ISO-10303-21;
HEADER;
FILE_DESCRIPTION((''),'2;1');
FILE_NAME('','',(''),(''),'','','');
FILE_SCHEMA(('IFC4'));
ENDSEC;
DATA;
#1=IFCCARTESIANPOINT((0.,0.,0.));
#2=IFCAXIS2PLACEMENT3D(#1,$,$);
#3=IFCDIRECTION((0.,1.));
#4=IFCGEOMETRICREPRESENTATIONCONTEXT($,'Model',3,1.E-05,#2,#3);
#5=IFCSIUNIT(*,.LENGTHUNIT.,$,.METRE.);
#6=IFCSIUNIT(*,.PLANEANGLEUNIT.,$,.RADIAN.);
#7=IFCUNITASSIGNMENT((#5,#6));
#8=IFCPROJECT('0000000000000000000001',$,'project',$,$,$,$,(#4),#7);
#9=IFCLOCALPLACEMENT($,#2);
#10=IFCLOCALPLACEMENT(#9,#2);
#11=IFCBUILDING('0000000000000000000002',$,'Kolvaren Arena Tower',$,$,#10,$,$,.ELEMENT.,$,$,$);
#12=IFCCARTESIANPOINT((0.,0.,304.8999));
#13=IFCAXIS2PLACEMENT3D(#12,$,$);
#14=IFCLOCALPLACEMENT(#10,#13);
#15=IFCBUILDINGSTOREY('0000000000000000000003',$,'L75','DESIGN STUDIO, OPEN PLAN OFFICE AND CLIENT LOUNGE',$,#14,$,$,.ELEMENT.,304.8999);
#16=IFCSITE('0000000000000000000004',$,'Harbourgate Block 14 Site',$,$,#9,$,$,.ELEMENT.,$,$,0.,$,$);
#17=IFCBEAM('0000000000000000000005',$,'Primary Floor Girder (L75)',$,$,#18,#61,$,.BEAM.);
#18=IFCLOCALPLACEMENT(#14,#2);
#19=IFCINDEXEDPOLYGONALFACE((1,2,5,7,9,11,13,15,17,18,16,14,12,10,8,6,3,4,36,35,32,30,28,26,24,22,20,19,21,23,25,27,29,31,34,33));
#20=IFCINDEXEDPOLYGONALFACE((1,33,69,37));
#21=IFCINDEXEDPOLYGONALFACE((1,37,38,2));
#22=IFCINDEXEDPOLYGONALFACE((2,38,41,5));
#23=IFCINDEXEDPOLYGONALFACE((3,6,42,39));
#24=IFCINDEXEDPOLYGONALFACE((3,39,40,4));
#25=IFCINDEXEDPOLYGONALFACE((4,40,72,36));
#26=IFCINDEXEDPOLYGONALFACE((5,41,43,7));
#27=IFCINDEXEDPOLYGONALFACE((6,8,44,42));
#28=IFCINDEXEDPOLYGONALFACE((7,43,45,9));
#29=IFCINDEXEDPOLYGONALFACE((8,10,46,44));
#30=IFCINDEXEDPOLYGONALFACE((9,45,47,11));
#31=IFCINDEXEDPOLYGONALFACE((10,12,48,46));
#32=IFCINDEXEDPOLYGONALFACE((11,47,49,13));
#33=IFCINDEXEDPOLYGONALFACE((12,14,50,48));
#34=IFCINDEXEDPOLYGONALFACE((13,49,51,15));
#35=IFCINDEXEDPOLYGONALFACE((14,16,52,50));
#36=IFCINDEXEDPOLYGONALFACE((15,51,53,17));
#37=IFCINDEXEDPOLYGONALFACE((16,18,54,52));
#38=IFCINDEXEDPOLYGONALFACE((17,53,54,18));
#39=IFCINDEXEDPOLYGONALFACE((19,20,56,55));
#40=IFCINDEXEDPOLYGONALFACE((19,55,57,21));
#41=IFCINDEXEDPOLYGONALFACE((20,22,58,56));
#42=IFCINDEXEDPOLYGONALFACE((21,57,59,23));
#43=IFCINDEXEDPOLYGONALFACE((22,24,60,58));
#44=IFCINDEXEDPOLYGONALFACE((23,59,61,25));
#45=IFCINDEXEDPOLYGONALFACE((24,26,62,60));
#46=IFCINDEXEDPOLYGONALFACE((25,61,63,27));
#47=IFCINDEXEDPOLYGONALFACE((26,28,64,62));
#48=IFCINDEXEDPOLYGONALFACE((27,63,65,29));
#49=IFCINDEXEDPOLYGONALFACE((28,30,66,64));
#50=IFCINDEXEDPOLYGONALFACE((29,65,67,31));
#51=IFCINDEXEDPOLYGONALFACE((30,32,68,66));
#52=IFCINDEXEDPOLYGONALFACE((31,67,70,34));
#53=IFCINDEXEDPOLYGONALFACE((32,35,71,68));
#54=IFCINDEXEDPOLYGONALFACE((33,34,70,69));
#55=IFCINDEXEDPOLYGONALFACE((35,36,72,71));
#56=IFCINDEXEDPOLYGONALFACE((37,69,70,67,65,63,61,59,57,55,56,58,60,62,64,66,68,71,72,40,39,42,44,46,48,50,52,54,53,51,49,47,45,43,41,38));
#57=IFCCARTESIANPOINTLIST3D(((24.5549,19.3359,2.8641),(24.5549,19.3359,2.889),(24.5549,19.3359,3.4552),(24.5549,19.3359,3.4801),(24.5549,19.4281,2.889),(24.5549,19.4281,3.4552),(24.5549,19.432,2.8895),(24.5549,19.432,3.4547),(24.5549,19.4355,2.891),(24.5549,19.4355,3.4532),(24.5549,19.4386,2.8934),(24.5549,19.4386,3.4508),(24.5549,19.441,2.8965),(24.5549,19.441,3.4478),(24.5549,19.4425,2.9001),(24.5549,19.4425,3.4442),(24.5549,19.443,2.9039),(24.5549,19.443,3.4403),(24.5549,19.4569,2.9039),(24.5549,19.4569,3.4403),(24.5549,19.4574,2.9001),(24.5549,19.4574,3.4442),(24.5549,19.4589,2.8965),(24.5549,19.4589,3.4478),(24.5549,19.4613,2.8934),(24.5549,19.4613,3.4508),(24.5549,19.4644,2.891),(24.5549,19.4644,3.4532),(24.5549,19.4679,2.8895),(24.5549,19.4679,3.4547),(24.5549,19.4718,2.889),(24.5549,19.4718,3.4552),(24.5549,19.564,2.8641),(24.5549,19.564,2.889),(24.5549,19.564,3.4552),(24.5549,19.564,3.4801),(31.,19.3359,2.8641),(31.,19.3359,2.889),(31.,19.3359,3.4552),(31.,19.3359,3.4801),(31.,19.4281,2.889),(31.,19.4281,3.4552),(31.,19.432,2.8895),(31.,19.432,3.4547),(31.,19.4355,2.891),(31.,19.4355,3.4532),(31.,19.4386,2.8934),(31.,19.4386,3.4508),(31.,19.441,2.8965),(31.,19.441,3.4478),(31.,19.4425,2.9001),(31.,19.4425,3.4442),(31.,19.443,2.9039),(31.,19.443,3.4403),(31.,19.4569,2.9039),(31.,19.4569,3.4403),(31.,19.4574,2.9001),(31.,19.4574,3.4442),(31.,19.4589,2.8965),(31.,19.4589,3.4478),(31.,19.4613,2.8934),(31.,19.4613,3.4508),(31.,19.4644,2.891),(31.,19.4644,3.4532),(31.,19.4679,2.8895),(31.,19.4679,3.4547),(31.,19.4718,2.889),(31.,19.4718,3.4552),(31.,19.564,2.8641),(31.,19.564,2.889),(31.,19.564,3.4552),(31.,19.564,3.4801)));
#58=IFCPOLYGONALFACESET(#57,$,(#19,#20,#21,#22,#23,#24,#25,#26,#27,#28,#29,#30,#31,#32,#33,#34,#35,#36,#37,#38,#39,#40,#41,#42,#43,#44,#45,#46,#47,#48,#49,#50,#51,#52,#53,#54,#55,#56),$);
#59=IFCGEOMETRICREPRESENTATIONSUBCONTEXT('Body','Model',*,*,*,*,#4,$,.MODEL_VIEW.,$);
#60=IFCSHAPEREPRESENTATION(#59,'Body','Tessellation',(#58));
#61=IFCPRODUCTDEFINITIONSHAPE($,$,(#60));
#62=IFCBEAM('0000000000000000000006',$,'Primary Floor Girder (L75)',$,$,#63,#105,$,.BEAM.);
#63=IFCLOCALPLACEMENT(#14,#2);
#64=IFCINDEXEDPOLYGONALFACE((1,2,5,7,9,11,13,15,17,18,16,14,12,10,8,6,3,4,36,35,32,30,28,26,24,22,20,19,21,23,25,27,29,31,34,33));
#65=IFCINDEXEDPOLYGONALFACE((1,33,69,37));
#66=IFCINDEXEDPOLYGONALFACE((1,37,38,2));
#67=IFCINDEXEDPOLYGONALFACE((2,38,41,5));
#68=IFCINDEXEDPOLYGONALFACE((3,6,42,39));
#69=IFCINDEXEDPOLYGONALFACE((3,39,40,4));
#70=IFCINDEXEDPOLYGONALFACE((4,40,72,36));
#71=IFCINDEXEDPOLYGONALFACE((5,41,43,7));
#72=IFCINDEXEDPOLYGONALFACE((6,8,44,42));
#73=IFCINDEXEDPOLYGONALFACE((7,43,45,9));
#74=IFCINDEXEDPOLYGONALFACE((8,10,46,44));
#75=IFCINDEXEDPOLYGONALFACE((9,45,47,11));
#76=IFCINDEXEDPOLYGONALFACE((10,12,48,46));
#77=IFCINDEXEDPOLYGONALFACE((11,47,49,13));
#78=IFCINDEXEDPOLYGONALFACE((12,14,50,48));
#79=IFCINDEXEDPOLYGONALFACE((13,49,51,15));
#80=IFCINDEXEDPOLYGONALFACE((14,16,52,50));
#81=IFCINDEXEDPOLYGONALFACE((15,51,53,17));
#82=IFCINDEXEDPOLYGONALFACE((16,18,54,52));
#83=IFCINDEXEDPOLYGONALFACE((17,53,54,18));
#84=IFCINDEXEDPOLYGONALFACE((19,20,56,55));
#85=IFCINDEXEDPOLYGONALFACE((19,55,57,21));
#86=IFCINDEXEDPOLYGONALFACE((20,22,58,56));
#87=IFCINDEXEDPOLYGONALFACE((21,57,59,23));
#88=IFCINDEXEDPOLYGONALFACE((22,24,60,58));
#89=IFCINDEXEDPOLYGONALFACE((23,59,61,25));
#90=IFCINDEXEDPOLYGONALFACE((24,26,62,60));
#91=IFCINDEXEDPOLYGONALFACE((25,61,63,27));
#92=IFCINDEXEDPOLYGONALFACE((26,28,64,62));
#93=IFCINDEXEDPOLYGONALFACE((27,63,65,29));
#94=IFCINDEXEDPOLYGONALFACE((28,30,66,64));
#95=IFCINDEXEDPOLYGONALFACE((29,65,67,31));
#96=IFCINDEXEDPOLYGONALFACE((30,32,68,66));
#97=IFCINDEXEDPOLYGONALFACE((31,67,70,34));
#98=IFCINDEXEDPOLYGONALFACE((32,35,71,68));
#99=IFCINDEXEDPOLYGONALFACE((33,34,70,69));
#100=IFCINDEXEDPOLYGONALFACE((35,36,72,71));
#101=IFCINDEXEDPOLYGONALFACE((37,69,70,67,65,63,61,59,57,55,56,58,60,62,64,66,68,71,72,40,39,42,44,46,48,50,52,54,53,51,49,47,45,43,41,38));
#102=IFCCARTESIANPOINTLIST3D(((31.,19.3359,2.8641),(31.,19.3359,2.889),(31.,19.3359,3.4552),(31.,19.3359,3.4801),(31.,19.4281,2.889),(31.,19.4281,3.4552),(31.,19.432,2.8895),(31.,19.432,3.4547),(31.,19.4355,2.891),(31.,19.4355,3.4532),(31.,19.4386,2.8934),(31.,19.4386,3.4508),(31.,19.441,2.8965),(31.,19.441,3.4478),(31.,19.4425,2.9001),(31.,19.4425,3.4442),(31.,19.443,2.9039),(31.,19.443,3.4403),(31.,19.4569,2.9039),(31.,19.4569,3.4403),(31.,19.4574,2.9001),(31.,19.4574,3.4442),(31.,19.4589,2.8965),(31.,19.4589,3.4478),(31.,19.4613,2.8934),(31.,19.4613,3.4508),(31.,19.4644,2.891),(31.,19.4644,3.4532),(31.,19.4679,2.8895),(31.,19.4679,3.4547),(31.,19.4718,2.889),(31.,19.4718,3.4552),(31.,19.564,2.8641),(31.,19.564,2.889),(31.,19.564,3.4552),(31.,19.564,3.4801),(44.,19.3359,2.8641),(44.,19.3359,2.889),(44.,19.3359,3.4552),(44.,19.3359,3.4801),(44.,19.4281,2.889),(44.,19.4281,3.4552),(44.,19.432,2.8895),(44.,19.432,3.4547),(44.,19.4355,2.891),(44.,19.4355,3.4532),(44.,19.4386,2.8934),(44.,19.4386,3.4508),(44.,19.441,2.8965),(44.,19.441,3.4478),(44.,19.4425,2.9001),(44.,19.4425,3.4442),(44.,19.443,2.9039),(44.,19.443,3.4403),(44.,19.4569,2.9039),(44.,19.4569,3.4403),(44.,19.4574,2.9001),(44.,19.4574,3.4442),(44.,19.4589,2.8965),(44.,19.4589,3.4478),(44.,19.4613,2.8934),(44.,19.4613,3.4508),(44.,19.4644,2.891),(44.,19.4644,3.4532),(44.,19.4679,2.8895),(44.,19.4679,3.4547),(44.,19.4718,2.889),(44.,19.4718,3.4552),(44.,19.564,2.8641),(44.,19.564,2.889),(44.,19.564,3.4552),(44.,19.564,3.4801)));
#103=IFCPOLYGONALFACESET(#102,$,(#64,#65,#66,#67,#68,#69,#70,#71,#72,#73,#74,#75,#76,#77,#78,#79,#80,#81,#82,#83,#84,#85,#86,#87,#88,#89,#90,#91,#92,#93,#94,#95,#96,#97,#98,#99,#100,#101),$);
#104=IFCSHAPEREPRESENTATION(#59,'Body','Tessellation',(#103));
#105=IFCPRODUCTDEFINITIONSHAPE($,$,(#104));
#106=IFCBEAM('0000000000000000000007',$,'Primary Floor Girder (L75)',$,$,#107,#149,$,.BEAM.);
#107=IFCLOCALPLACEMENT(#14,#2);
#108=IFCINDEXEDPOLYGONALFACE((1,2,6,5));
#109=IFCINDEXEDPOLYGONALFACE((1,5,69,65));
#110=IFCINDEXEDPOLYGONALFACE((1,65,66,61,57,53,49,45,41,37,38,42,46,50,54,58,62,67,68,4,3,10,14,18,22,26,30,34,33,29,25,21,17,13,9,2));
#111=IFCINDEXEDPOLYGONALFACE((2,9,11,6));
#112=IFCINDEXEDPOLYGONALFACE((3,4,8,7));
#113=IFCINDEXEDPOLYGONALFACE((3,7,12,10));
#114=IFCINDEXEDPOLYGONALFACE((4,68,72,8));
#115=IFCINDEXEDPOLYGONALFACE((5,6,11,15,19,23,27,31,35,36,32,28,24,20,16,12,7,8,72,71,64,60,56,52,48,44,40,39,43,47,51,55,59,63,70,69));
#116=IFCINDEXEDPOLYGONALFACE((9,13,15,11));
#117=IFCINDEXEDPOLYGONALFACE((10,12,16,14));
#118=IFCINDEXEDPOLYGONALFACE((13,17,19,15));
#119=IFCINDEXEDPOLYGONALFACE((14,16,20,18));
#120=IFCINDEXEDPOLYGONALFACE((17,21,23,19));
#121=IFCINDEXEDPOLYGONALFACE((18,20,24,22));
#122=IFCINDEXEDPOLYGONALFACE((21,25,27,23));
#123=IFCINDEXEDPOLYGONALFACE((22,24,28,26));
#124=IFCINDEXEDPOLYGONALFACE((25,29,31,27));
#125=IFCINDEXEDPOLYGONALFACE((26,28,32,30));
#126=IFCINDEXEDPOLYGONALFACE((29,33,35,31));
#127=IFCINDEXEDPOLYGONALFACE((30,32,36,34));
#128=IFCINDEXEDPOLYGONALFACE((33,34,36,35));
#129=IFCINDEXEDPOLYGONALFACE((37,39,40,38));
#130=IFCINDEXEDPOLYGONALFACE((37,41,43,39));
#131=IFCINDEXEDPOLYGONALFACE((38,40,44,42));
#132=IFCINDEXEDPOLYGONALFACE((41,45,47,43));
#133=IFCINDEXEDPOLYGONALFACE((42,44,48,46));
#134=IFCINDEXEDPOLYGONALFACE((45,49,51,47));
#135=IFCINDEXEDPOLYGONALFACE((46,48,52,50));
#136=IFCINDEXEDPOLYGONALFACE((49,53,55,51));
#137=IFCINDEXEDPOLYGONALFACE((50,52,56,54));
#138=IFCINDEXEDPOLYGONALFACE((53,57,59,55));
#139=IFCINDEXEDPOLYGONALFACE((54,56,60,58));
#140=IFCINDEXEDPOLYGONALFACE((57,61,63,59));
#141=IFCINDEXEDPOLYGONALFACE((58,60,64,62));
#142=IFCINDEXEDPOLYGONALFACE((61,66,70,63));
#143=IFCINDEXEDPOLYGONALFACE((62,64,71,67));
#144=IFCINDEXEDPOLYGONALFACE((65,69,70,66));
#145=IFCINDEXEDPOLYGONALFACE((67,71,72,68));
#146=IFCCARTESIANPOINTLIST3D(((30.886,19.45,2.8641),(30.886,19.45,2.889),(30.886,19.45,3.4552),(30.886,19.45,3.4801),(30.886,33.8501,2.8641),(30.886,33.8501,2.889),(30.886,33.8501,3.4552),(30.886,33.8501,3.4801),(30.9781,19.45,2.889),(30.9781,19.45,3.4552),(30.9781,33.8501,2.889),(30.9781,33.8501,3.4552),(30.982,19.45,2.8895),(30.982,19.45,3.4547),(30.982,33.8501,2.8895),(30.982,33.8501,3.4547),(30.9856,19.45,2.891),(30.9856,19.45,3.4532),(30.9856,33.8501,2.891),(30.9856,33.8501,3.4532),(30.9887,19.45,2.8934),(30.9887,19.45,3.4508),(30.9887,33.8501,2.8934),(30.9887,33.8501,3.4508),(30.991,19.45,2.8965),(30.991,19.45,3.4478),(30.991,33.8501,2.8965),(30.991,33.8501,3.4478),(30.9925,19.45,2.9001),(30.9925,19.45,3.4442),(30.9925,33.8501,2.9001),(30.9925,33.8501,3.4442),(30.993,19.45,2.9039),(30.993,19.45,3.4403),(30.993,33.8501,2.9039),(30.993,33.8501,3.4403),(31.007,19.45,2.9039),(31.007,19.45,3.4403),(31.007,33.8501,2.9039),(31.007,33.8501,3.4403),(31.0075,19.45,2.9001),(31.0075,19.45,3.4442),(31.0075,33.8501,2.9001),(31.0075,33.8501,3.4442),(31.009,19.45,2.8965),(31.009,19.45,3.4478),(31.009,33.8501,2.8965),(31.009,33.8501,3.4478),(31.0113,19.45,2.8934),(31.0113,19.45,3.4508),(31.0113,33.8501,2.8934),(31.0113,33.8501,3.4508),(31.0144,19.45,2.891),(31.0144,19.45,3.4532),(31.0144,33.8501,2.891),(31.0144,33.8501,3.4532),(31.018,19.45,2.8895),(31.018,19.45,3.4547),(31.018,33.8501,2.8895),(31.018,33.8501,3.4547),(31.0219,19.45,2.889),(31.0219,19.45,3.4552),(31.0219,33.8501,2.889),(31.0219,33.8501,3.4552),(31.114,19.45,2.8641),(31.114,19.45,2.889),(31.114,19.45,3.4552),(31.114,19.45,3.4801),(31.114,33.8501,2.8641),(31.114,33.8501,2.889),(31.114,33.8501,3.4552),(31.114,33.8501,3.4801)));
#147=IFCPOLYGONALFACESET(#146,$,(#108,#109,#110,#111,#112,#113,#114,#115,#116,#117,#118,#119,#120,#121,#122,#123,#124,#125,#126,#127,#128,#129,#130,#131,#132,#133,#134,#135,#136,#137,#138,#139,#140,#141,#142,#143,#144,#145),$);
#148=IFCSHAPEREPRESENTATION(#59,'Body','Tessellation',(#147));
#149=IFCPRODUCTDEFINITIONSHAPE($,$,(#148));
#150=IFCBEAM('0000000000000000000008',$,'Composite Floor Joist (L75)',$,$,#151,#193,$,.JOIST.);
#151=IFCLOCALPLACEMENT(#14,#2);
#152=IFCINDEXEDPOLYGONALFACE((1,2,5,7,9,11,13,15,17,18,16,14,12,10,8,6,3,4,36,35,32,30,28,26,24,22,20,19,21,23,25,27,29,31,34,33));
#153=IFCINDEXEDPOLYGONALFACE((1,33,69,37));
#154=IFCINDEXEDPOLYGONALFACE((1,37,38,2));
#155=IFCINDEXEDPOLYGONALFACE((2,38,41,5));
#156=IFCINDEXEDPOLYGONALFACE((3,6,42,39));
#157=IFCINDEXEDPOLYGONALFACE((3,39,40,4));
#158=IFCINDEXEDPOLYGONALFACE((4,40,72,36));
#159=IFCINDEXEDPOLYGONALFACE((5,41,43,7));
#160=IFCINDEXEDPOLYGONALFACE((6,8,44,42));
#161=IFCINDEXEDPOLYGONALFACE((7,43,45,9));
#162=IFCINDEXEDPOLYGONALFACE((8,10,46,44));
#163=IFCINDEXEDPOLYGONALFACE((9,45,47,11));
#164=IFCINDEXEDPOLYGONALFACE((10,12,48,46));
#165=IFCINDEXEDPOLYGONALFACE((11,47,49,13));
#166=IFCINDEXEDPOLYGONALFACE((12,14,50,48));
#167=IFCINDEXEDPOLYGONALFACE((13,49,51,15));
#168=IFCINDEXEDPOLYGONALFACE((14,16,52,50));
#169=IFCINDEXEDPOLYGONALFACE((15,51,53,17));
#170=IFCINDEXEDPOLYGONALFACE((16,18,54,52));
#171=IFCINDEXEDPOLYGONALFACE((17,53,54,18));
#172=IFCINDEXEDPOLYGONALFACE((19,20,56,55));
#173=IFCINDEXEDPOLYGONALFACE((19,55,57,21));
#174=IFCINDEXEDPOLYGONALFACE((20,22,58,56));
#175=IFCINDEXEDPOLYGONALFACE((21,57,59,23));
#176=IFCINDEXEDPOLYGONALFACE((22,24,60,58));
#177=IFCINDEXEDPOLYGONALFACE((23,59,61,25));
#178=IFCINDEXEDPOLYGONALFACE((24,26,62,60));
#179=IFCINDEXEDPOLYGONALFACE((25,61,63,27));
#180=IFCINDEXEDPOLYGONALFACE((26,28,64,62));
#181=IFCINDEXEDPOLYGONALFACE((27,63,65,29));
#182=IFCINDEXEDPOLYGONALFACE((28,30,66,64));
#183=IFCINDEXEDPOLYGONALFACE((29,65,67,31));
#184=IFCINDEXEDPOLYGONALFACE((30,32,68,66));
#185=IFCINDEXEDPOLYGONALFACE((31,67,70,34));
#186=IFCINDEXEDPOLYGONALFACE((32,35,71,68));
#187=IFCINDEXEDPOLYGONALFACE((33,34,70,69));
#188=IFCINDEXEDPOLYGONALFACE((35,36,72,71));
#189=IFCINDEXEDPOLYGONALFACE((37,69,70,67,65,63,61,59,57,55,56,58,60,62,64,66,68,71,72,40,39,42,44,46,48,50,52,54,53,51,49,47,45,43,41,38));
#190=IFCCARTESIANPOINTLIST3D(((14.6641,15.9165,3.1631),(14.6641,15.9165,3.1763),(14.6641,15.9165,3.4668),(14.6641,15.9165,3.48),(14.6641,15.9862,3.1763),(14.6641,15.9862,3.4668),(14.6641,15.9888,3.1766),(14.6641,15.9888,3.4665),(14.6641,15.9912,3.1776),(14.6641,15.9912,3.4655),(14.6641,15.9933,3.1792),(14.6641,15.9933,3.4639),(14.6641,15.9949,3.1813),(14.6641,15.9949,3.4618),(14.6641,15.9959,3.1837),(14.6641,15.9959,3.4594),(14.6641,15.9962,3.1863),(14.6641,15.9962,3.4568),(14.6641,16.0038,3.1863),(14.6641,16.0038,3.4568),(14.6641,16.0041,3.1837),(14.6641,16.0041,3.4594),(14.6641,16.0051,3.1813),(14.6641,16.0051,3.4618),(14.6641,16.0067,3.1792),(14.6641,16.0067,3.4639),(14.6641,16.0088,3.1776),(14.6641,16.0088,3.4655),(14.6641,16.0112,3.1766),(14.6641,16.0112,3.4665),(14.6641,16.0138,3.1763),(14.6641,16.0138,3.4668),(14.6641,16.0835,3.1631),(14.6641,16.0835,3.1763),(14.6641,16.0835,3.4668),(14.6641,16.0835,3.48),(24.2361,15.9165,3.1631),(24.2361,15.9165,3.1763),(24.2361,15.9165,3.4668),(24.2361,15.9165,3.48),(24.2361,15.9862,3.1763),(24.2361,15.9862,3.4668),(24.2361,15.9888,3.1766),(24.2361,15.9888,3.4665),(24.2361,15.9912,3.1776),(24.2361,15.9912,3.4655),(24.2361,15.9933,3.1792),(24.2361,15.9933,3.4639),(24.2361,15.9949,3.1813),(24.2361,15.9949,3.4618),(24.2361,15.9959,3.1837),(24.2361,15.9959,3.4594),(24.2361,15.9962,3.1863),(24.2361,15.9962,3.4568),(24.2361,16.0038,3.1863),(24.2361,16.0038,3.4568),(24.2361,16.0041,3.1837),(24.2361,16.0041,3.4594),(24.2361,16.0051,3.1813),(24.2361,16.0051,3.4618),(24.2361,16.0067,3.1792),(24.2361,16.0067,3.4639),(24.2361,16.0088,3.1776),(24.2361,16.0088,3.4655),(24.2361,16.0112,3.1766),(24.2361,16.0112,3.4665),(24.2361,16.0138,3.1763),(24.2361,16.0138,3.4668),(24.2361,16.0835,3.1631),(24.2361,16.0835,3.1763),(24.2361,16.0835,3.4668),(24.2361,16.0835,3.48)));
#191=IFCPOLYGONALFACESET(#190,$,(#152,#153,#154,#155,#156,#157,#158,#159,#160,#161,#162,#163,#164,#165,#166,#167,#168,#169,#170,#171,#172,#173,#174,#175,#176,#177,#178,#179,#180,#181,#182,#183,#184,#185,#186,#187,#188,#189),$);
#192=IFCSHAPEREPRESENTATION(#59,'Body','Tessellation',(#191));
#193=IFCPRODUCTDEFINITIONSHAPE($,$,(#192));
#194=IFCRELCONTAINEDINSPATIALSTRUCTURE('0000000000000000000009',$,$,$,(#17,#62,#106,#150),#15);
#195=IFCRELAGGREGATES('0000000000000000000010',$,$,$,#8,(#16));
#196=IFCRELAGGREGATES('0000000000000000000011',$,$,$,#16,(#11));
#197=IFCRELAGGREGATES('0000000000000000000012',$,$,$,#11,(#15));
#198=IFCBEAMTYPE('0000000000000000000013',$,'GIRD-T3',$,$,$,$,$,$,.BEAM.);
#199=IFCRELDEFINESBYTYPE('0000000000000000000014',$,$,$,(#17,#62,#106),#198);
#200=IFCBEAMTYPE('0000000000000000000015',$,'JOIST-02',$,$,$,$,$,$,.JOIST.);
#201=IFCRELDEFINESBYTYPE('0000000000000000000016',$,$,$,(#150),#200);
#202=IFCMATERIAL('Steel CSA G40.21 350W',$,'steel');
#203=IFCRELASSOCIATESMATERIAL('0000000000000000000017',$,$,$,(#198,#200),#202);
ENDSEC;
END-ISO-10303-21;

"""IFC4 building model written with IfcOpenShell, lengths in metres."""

from ifc_helpers import new_model, si_unit, direction, frame, origin, origin_2d, place, context, subcontext, project, spatial, i_section, extrude, material, material_profile, profile_set, type_object, element, save


model = new_model("IFC4")

# Units and contexts
model_context = context("Model", 3, precision=1e-05, world=origin(), true_north=direction((0.0, 1.0)))
body_context = subcontext(model_context, "Body", "Model", "MODEL_VIEW")
ifc_project = project(units=[si_unit("LENGTHUNIT", "METRE"), si_unit("PLANEANGLEUNIT", "RADIAN")], contexts=[model_context])

# Site, building, storey
site_placement = place(None, origin())
site = spatial("IfcSite", under=ifc_project, at=site_placement, Name="Harbourgate Block 14 Site", CompositionType="ELEMENT", RefElevation=0.0)
building_placement = place(site_placement, origin())
building = spatial("IfcBuilding", under=site, at=building_placement, Name="Kolvaren Arena Tower", CompositionType="ELEMENT")
storey_placement = place(building_placement, frame((0.0, 0.0, 304.8999)))
storey = spatial("IfcBuildingStorey", under=building, at=storey_placement, Name="L75", Description="DESIGN STUDIO, OPEN PLAN OFFICE AND CLIENT LOUNGE", CompositionType="ELEMENT", Elevation=304.8999)

# Beams
ifc_material_1 = material(Name="Steel CSA G40.21 350W", Category="steel")
ifc_material_profile_1 = material_profile(ifc_material_1, i_section(OverallWidth=0.228, OverallDepth=0.616, WebThickness=0.0139, FlangeThickness=0.0249, FilletRadius=0.0149, at=origin_2d()), Name="W610x174")
ifc_profile_set_1 = profile_set([ifc_material_profile_1], Name="Steel CSA G40.21 350W")
beam_type_1 = type_object("IfcBeamType", Name="GIRD-T3", PredefinedType="BEAM", material=ifc_profile_set_1)
beam_1_placement = place(storey_placement, frame((24.5549, 19.45, 3.1721), z_axis=(1.0, 0.0, 0.0), x_axis=(0.0, 1.0, 0.0)))
element("IfcBeam", 1, at=beam_1_placement, inside=storey, type_object=beam_type_1, Name="Primary Floor Girder (L75)", PredefinedType="BEAM", context=body_context, shape_type="SweptSolid", body=[
    extrude(i_section(OverallWidth=0.228, OverallDepth=0.616, WebThickness=0.0139, FlangeThickness=0.0249, FilletRadius=0.0149, at=origin_2d()), origin(), (0.0, 0.0, 1.0), 6.4451),
])
beam_2_placement = place(storey_placement, frame((31.0, 19.45, 3.1721), z_axis=(1.0, 0.0, 0.0), x_axis=(0.0, 1.0, 0.0)))
element("IfcBeam", 2, at=beam_2_placement, inside=storey, type_object=beam_type_1, Name="Primary Floor Girder (L75)", PredefinedType="BEAM", context=body_context, shape_type="SweptSolid", body=[
    extrude(i_section(OverallWidth=0.228, OverallDepth=0.616, WebThickness=0.0139, FlangeThickness=0.0249, FilletRadius=0.0149, at=origin_2d()), origin(), (0.0, 0.0, 1.0), 13.0),
])
beam_3_placement = place(storey_placement, frame((31.0, 19.45, 3.1721), z_axis=(0.0, 1.0, 0.0), x_axis=(-1.0, 0.0, 0.0)))
element("IfcBeam", 3, at=beam_3_placement, inside=storey, type_object=beam_type_1, Name="Primary Floor Girder (L75)", PredefinedType="BEAM", context=body_context, shape_type="SweptSolid", body=[
    extrude(i_section(OverallWidth=0.228, OverallDepth=0.616, WebThickness=0.0139, FlangeThickness=0.0249, FilletRadius=0.0149, at=origin_2d()), origin(), (0.0, 0.0, 1.0), 14.4001),
])
ifc_material_profile_2 = material_profile(ifc_material_1, i_section(OverallWidth=0.167, OverallDepth=0.3169, WebThickness=0.0076, FlangeThickness=0.0132, FilletRadius=0.01, at=origin_2d()), Name="W310x52")
ifc_profile_set_2 = profile_set([ifc_material_profile_2], Name="Steel CSA G40.21 350W")
beam_type_2 = type_object("IfcBeamType", Name="JOIST-02", PredefinedType="JOIST", material=ifc_profile_set_2)
beam_4_placement = place(storey_placement, frame((14.6641, 16.0, 3.3215), z_axis=(1.0, 0.0, 0.0), x_axis=(0.0, 1.0, 0.0)))
element("IfcBeam", 4, at=beam_4_placement, inside=storey, type_object=beam_type_2, Name="Composite Floor Joist (L75)", PredefinedType="JOIST", context=body_context, shape_type="SweptSolid", body=[
    extrude(i_section(OverallWidth=0.167, OverallDepth=0.3169, WebThickness=0.0076, FlangeThickness=0.0132, FilletRadius=0.01, at=origin_2d()), origin(), (0.0, 0.0, 1.0), 9.572),
])

save(model, "model.ifc")
